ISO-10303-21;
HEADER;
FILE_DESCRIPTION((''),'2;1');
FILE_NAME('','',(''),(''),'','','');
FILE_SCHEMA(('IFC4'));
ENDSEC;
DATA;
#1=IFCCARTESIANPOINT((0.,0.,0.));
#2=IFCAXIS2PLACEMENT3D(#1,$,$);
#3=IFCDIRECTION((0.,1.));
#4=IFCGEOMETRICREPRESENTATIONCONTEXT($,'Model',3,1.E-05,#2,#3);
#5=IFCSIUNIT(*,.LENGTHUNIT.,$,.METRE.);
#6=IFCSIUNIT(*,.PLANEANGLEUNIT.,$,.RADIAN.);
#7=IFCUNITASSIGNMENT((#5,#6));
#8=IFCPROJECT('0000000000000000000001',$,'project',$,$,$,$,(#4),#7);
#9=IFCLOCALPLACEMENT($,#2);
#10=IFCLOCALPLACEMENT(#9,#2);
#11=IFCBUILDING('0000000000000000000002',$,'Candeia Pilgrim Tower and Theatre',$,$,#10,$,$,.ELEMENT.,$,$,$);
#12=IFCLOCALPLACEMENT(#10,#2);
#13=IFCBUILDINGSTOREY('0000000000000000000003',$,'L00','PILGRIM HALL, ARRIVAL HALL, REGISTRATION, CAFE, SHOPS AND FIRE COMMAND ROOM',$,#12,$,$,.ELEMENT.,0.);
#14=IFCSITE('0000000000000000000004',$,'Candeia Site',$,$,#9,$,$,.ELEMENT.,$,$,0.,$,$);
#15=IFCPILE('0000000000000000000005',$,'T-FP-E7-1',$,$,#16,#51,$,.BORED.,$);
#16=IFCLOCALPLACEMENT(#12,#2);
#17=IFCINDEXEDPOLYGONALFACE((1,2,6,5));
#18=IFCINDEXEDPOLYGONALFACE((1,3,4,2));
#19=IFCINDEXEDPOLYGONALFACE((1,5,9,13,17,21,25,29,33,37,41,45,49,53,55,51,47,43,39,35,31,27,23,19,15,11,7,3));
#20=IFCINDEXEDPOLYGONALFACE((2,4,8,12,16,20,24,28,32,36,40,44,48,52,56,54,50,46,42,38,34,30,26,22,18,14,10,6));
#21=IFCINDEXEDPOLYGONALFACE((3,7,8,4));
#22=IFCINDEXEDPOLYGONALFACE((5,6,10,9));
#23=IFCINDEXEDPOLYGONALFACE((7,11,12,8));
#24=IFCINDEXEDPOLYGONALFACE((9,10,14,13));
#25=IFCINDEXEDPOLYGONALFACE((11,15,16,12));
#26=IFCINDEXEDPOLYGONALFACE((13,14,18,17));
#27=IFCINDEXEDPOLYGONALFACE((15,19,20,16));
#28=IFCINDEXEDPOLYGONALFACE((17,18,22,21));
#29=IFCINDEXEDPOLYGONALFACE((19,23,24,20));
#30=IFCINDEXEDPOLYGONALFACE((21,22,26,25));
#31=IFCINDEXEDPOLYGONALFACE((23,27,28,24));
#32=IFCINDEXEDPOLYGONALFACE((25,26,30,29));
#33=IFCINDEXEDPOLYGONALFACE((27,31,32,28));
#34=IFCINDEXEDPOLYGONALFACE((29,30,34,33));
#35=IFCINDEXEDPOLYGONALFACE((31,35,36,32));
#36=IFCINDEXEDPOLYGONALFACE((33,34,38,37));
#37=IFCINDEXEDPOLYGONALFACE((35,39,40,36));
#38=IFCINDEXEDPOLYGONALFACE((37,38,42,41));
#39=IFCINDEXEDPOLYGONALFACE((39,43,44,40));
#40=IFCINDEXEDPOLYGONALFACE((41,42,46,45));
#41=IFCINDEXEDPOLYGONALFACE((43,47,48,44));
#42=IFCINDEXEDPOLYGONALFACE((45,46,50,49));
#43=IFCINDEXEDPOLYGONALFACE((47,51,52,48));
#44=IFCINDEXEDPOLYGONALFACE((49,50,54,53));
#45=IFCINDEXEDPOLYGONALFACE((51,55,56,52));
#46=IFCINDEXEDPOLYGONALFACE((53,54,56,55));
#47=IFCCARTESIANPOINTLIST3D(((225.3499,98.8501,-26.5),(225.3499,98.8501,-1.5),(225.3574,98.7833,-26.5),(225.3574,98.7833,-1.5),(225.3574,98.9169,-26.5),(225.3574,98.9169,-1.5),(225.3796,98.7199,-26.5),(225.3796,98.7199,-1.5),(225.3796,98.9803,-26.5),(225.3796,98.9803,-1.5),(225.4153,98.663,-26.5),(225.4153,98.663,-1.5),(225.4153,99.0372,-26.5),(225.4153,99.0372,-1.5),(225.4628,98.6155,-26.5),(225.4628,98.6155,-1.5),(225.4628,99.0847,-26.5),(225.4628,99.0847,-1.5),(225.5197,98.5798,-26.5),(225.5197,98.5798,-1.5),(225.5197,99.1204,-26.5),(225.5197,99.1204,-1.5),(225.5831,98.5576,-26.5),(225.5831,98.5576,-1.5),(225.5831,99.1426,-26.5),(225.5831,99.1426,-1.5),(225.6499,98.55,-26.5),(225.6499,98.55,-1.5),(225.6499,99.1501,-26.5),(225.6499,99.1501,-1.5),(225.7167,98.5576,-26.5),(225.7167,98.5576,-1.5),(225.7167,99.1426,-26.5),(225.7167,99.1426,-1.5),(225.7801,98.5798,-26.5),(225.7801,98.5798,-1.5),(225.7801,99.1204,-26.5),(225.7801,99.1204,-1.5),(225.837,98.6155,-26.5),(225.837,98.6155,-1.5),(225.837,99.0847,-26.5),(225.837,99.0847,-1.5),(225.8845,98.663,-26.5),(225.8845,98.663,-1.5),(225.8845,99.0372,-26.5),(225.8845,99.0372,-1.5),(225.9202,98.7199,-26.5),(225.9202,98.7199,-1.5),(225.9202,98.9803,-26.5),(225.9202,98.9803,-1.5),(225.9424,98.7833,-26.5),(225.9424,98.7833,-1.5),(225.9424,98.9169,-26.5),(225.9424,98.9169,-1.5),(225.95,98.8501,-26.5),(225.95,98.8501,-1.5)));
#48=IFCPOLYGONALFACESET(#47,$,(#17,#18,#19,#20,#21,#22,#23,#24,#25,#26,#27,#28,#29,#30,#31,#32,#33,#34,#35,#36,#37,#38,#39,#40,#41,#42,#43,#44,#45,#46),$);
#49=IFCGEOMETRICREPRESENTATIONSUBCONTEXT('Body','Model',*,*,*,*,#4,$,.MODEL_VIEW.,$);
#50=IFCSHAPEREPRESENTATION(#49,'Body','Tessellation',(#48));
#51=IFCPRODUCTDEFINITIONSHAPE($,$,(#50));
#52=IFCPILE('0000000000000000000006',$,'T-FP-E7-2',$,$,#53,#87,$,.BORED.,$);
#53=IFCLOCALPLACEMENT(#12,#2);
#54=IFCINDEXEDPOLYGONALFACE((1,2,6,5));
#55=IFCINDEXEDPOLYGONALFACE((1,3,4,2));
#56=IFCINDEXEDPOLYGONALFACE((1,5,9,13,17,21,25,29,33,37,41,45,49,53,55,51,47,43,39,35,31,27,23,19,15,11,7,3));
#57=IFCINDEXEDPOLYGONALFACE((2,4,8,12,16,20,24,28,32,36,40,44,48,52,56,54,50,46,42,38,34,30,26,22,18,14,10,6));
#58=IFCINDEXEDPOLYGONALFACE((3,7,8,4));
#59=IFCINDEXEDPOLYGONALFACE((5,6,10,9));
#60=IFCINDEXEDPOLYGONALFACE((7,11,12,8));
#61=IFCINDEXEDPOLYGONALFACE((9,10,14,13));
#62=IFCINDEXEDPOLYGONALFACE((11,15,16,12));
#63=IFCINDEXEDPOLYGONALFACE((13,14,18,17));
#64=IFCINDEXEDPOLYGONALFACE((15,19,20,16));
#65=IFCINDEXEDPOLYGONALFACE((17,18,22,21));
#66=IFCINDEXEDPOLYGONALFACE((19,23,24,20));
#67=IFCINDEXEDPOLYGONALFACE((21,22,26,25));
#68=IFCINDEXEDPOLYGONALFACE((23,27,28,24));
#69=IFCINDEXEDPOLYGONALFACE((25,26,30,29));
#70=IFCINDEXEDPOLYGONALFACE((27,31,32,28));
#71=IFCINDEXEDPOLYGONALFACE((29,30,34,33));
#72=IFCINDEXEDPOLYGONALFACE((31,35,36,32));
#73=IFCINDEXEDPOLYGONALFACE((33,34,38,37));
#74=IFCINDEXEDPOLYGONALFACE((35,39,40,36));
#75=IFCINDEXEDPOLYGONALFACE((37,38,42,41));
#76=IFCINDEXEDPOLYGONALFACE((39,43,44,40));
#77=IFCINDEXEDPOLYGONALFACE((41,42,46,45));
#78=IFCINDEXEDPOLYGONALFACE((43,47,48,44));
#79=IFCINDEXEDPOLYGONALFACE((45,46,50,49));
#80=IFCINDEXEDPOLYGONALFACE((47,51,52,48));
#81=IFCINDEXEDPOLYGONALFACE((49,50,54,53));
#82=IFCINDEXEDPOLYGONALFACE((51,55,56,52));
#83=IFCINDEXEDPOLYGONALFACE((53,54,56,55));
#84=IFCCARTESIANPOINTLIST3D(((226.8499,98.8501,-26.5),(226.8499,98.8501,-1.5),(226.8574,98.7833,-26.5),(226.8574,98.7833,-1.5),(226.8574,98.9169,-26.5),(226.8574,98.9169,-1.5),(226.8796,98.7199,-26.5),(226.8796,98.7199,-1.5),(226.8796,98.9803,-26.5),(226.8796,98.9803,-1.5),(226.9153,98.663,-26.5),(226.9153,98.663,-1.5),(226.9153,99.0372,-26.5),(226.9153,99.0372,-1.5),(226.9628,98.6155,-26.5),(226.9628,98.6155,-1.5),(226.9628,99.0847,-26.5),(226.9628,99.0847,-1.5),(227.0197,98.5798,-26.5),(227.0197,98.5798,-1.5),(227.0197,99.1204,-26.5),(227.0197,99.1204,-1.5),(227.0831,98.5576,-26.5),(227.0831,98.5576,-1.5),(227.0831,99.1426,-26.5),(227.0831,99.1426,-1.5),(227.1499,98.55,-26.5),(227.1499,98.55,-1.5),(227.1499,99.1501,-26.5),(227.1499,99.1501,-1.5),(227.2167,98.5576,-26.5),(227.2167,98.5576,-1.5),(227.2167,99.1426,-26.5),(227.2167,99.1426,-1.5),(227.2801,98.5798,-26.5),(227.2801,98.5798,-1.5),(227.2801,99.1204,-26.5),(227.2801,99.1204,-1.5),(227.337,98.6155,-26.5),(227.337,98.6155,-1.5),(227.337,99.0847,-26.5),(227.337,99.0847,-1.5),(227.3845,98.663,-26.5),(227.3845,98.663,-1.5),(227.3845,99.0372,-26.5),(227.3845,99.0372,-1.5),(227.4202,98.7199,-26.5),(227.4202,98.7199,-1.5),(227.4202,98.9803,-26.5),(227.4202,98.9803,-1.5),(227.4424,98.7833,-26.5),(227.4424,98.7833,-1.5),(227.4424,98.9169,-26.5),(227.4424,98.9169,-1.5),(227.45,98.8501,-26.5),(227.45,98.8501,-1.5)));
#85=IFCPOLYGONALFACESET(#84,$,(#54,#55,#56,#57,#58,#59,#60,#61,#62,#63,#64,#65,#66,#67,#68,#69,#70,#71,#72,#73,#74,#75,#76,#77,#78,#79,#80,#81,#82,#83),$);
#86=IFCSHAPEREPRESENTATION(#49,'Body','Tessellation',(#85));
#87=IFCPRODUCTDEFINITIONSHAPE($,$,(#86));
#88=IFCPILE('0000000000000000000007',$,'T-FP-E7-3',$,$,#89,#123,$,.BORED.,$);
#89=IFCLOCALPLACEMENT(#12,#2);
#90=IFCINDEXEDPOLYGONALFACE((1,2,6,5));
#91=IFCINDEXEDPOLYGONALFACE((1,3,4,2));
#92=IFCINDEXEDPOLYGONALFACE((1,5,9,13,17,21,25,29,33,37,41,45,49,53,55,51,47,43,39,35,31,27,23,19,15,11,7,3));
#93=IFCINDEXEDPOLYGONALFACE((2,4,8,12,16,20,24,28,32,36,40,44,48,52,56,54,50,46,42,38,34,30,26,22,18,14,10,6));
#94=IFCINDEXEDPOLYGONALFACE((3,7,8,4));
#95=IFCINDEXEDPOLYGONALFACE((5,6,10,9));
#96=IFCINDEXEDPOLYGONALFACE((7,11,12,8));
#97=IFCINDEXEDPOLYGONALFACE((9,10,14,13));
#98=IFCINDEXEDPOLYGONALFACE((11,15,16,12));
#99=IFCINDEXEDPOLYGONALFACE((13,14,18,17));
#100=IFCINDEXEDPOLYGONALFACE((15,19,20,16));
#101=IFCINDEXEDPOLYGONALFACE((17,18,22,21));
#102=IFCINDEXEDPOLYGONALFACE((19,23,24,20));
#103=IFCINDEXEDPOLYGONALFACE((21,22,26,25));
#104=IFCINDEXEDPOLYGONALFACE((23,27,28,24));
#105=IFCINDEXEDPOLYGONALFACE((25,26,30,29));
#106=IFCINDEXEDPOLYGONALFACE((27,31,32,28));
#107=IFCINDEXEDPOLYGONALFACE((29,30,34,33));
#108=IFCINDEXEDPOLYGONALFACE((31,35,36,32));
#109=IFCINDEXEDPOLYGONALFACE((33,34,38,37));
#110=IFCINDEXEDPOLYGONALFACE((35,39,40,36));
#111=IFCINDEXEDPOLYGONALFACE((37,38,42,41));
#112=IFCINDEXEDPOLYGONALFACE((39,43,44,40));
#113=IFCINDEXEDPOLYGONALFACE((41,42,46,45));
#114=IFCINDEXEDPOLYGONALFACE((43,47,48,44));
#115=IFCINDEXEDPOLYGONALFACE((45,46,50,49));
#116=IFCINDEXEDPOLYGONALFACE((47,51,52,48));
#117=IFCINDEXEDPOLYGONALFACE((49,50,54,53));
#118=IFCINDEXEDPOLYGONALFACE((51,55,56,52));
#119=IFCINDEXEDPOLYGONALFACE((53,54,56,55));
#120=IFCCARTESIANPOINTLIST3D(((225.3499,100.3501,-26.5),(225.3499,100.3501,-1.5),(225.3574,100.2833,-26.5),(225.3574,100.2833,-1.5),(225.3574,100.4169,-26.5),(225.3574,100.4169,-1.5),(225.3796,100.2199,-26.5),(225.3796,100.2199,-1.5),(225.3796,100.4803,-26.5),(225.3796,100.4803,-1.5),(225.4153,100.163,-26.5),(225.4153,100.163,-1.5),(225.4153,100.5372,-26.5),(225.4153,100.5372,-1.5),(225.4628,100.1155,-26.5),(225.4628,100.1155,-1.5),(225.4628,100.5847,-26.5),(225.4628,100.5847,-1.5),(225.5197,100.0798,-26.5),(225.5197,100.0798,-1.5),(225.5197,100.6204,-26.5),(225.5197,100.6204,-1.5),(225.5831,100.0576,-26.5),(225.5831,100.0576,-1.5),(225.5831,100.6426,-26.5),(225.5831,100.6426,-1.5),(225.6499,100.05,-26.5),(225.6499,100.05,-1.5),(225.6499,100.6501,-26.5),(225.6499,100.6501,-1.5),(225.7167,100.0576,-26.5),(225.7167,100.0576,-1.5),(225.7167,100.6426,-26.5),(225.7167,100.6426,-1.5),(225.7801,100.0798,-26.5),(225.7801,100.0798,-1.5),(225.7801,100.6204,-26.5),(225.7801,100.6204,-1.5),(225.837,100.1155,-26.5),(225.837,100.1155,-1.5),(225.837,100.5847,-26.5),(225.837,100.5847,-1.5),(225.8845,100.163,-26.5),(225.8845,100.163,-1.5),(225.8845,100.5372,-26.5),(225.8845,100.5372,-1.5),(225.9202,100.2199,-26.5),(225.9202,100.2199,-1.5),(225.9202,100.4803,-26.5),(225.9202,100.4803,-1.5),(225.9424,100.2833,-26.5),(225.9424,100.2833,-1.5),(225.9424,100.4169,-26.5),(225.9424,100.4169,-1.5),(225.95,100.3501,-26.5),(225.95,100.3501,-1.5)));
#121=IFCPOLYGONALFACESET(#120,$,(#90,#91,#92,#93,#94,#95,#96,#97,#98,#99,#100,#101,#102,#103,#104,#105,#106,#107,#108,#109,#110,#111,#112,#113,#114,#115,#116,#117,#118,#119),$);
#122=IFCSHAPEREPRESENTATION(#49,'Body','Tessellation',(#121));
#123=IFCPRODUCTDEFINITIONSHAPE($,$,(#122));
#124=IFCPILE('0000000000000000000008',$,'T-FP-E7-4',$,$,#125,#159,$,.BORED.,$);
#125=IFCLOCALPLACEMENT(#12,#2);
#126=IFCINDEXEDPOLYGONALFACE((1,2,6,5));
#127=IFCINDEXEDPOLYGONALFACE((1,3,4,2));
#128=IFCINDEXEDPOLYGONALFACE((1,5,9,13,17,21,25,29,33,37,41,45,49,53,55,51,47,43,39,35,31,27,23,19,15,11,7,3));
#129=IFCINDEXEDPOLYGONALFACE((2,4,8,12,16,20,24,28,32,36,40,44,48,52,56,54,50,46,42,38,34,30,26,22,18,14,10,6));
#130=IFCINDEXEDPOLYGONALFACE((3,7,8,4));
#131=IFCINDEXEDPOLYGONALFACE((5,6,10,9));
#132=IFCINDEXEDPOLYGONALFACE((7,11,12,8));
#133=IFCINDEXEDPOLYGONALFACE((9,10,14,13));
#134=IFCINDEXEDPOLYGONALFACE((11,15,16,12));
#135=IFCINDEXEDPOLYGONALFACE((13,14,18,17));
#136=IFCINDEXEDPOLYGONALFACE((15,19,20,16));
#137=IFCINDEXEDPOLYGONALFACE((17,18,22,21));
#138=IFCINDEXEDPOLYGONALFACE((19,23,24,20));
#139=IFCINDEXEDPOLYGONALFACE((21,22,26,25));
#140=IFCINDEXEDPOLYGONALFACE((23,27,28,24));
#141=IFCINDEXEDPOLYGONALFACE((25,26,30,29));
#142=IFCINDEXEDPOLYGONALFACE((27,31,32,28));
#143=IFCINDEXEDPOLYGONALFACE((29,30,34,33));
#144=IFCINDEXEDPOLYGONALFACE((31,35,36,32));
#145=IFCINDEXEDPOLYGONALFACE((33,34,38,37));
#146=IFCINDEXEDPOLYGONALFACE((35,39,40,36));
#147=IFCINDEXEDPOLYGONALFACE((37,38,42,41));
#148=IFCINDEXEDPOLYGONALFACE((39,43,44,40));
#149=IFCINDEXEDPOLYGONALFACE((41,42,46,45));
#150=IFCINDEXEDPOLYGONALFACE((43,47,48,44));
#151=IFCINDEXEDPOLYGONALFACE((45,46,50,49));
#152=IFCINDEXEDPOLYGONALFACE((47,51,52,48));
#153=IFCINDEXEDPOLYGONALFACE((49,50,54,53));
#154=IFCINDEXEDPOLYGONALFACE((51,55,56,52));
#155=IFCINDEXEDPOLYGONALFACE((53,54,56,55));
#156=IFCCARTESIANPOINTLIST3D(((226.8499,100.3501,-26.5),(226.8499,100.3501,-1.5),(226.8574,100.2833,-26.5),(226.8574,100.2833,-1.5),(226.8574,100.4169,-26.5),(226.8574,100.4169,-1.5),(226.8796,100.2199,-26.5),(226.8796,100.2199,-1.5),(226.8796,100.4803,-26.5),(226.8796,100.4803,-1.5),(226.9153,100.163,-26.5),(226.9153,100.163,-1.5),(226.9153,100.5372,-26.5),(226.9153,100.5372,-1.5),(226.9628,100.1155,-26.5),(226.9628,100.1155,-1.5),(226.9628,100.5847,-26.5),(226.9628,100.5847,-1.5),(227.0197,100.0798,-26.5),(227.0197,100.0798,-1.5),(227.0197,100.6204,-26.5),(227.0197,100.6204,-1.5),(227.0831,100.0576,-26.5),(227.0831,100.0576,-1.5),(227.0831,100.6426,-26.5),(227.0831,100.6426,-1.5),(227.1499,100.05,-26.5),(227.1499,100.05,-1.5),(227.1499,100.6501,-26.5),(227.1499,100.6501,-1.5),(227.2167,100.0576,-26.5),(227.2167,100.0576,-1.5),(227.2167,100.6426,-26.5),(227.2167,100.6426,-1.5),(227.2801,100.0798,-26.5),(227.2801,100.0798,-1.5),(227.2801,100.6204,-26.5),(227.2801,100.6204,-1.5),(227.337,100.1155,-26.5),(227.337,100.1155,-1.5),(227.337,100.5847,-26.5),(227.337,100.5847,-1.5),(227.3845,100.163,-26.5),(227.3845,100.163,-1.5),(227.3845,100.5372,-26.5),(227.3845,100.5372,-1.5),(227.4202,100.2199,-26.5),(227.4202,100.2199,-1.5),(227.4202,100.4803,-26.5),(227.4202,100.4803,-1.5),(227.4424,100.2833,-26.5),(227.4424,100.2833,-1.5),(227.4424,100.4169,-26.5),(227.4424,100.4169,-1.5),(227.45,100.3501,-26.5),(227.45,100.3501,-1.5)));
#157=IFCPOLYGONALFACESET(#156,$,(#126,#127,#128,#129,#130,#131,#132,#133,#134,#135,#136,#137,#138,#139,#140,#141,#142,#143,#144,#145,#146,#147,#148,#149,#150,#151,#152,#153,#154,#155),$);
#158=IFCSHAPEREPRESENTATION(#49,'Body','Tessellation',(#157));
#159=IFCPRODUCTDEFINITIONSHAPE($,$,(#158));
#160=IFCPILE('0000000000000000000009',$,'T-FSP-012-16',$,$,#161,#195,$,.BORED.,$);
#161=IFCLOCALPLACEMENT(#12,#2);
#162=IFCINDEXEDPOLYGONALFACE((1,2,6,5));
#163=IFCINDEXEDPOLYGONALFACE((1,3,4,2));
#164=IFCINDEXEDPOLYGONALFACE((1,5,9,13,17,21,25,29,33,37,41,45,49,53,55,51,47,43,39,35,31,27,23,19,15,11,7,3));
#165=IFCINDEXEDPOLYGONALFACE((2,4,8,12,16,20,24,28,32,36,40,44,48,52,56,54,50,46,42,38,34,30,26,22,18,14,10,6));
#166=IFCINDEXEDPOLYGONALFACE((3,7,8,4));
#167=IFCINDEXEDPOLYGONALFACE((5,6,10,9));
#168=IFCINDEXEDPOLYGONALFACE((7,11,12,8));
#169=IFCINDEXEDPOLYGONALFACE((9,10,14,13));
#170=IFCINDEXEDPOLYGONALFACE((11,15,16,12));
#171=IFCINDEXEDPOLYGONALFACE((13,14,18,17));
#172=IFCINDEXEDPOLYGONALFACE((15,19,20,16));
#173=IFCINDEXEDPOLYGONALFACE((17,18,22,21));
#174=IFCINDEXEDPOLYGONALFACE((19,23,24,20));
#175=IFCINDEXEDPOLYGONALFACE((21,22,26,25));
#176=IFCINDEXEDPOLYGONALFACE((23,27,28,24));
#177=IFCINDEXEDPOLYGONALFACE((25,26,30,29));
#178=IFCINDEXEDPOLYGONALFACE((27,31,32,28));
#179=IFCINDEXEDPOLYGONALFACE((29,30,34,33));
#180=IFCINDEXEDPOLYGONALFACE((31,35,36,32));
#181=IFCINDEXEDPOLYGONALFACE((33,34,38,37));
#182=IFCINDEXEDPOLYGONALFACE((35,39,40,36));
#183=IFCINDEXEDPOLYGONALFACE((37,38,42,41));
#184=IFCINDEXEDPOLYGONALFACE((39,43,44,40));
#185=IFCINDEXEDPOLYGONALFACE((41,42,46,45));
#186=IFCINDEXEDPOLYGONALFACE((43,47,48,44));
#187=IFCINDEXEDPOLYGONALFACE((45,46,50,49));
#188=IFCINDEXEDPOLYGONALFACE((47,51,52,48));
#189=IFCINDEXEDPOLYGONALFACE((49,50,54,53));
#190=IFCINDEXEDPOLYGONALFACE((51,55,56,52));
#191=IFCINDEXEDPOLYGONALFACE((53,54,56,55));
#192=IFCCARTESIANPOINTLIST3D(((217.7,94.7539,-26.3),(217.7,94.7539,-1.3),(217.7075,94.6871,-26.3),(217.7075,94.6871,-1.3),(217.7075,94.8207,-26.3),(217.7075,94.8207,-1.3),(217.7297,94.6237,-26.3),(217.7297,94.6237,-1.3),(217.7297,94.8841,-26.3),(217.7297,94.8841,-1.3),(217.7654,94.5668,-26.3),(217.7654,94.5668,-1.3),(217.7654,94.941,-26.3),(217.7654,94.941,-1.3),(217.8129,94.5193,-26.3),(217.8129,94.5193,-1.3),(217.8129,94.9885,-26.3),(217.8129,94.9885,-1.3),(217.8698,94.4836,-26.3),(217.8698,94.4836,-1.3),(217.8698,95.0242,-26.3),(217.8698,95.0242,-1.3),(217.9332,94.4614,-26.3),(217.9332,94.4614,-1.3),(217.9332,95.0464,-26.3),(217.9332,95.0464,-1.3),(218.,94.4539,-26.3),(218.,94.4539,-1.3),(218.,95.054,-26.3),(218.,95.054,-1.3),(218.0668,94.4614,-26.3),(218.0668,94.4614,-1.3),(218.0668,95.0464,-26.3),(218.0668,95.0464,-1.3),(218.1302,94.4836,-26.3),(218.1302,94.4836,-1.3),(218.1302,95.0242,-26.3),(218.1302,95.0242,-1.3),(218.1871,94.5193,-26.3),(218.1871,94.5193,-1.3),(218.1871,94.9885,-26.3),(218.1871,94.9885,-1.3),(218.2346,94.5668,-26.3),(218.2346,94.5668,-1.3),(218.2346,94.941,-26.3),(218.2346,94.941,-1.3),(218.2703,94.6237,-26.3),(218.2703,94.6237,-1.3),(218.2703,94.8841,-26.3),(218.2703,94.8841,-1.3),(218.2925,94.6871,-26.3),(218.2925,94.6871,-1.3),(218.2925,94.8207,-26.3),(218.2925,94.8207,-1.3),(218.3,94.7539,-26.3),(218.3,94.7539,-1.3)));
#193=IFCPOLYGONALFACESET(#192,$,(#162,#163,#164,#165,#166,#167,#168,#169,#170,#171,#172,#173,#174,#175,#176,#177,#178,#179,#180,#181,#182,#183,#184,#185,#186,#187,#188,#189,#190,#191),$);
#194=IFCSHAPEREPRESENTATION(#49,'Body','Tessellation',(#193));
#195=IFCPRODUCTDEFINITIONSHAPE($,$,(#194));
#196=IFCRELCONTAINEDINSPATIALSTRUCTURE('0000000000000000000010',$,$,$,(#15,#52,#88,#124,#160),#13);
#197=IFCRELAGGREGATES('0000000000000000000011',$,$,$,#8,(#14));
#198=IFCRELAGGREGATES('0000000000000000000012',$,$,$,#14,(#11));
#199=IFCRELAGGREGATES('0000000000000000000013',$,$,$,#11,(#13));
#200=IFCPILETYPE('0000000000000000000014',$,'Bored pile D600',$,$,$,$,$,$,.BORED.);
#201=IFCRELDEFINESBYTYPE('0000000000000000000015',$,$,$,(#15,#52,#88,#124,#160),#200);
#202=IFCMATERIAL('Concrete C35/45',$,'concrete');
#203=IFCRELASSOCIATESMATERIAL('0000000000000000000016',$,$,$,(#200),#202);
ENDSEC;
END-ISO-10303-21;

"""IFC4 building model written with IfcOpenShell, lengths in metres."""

from ifc_helpers import new_model, si_unit, direction, frame, origin, origin_2d, place, context, subcontext, project, spatial, circle, extrude, material, type_object, element, save


model = new_model("IFC4")

# Units and contexts
model_context = context("Model", 3, precision=1e-05, world=origin(), true_north=direction((0.0, 1.0)))
body_context = subcontext(model_context, "Body", "Model", "MODEL_VIEW")
ifc_project = project(units=[si_unit("LENGTHUNIT", "METRE"), si_unit("PLANEANGLEUNIT", "RADIAN")], contexts=[model_context])

# Site, building, storey
site_placement = place(None, origin())
site = spatial("IfcSite", under=ifc_project, at=site_placement, Name="Candeia Site", CompositionType="ELEMENT", RefElevation=0.0)
building_placement = place(site_placement, origin())
building = spatial("IfcBuilding", under=site, at=building_placement, Name="Candeia Pilgrim Tower and Theatre", CompositionType="ELEMENT")
storey_placement = place(building_placement, origin())
storey = spatial("IfcBuildingStorey", under=building, at=storey_placement, Name="L00", Description="PILGRIM HALL, ARRIVAL HALL, REGISTRATION, CAFE, SHOPS AND FIRE COMMAND ROOM", CompositionType="ELEMENT", Elevation=0.0)

# Piles
ifc_material_1 = material(Name="Concrete C35/45", Category="concrete")
pile_type = type_object("IfcPileType", Name="Bored pile D600", PredefinedType="BORED", material=ifc_material_1)
for number, where, z_axis, x_axis, name in (
    (1, (225.6499, 98.8501, -1.5), (0.0, 0.0, -1.0), (1.0, 0.0, 0.0), "T-FP-E7-1"),
    (2, (227.1499, 98.8501, -1.5), (0.0, 0.0, -1.0), (1.0, 0.0, 0.0), "T-FP-E7-2"),
    (3, (225.6499, 100.3501, -1.5), (0.0, 0.0, -1.0), (1.0, 0.0, 0.0), "T-FP-E7-3"),
    (4, (227.1499, 100.3501, -1.5), (0.0, 0.0, -1.0), (1.0, 0.0, 0.0), "T-FP-E7-4"),
    (5, (218.0, 94.7539, -1.3), (0.0, 0.0, -1.0), (1.0, 0.0, 0.0), "T-FSP-012-16"),
):
    element("IfcPile", number, at=place(storey_placement, frame(where, z_axis=z_axis, x_axis=x_axis)), inside=storey, type_object=pile_type, Name=name, PredefinedType="BORED", context=body_context, shape_type="SweptSolid", body=[
        extrude(circle(Radius=0.3, at=origin_2d()), origin(), (0.0, 0.0, 1.0), 25.0),
    ])

save(model, "model.ifc")
